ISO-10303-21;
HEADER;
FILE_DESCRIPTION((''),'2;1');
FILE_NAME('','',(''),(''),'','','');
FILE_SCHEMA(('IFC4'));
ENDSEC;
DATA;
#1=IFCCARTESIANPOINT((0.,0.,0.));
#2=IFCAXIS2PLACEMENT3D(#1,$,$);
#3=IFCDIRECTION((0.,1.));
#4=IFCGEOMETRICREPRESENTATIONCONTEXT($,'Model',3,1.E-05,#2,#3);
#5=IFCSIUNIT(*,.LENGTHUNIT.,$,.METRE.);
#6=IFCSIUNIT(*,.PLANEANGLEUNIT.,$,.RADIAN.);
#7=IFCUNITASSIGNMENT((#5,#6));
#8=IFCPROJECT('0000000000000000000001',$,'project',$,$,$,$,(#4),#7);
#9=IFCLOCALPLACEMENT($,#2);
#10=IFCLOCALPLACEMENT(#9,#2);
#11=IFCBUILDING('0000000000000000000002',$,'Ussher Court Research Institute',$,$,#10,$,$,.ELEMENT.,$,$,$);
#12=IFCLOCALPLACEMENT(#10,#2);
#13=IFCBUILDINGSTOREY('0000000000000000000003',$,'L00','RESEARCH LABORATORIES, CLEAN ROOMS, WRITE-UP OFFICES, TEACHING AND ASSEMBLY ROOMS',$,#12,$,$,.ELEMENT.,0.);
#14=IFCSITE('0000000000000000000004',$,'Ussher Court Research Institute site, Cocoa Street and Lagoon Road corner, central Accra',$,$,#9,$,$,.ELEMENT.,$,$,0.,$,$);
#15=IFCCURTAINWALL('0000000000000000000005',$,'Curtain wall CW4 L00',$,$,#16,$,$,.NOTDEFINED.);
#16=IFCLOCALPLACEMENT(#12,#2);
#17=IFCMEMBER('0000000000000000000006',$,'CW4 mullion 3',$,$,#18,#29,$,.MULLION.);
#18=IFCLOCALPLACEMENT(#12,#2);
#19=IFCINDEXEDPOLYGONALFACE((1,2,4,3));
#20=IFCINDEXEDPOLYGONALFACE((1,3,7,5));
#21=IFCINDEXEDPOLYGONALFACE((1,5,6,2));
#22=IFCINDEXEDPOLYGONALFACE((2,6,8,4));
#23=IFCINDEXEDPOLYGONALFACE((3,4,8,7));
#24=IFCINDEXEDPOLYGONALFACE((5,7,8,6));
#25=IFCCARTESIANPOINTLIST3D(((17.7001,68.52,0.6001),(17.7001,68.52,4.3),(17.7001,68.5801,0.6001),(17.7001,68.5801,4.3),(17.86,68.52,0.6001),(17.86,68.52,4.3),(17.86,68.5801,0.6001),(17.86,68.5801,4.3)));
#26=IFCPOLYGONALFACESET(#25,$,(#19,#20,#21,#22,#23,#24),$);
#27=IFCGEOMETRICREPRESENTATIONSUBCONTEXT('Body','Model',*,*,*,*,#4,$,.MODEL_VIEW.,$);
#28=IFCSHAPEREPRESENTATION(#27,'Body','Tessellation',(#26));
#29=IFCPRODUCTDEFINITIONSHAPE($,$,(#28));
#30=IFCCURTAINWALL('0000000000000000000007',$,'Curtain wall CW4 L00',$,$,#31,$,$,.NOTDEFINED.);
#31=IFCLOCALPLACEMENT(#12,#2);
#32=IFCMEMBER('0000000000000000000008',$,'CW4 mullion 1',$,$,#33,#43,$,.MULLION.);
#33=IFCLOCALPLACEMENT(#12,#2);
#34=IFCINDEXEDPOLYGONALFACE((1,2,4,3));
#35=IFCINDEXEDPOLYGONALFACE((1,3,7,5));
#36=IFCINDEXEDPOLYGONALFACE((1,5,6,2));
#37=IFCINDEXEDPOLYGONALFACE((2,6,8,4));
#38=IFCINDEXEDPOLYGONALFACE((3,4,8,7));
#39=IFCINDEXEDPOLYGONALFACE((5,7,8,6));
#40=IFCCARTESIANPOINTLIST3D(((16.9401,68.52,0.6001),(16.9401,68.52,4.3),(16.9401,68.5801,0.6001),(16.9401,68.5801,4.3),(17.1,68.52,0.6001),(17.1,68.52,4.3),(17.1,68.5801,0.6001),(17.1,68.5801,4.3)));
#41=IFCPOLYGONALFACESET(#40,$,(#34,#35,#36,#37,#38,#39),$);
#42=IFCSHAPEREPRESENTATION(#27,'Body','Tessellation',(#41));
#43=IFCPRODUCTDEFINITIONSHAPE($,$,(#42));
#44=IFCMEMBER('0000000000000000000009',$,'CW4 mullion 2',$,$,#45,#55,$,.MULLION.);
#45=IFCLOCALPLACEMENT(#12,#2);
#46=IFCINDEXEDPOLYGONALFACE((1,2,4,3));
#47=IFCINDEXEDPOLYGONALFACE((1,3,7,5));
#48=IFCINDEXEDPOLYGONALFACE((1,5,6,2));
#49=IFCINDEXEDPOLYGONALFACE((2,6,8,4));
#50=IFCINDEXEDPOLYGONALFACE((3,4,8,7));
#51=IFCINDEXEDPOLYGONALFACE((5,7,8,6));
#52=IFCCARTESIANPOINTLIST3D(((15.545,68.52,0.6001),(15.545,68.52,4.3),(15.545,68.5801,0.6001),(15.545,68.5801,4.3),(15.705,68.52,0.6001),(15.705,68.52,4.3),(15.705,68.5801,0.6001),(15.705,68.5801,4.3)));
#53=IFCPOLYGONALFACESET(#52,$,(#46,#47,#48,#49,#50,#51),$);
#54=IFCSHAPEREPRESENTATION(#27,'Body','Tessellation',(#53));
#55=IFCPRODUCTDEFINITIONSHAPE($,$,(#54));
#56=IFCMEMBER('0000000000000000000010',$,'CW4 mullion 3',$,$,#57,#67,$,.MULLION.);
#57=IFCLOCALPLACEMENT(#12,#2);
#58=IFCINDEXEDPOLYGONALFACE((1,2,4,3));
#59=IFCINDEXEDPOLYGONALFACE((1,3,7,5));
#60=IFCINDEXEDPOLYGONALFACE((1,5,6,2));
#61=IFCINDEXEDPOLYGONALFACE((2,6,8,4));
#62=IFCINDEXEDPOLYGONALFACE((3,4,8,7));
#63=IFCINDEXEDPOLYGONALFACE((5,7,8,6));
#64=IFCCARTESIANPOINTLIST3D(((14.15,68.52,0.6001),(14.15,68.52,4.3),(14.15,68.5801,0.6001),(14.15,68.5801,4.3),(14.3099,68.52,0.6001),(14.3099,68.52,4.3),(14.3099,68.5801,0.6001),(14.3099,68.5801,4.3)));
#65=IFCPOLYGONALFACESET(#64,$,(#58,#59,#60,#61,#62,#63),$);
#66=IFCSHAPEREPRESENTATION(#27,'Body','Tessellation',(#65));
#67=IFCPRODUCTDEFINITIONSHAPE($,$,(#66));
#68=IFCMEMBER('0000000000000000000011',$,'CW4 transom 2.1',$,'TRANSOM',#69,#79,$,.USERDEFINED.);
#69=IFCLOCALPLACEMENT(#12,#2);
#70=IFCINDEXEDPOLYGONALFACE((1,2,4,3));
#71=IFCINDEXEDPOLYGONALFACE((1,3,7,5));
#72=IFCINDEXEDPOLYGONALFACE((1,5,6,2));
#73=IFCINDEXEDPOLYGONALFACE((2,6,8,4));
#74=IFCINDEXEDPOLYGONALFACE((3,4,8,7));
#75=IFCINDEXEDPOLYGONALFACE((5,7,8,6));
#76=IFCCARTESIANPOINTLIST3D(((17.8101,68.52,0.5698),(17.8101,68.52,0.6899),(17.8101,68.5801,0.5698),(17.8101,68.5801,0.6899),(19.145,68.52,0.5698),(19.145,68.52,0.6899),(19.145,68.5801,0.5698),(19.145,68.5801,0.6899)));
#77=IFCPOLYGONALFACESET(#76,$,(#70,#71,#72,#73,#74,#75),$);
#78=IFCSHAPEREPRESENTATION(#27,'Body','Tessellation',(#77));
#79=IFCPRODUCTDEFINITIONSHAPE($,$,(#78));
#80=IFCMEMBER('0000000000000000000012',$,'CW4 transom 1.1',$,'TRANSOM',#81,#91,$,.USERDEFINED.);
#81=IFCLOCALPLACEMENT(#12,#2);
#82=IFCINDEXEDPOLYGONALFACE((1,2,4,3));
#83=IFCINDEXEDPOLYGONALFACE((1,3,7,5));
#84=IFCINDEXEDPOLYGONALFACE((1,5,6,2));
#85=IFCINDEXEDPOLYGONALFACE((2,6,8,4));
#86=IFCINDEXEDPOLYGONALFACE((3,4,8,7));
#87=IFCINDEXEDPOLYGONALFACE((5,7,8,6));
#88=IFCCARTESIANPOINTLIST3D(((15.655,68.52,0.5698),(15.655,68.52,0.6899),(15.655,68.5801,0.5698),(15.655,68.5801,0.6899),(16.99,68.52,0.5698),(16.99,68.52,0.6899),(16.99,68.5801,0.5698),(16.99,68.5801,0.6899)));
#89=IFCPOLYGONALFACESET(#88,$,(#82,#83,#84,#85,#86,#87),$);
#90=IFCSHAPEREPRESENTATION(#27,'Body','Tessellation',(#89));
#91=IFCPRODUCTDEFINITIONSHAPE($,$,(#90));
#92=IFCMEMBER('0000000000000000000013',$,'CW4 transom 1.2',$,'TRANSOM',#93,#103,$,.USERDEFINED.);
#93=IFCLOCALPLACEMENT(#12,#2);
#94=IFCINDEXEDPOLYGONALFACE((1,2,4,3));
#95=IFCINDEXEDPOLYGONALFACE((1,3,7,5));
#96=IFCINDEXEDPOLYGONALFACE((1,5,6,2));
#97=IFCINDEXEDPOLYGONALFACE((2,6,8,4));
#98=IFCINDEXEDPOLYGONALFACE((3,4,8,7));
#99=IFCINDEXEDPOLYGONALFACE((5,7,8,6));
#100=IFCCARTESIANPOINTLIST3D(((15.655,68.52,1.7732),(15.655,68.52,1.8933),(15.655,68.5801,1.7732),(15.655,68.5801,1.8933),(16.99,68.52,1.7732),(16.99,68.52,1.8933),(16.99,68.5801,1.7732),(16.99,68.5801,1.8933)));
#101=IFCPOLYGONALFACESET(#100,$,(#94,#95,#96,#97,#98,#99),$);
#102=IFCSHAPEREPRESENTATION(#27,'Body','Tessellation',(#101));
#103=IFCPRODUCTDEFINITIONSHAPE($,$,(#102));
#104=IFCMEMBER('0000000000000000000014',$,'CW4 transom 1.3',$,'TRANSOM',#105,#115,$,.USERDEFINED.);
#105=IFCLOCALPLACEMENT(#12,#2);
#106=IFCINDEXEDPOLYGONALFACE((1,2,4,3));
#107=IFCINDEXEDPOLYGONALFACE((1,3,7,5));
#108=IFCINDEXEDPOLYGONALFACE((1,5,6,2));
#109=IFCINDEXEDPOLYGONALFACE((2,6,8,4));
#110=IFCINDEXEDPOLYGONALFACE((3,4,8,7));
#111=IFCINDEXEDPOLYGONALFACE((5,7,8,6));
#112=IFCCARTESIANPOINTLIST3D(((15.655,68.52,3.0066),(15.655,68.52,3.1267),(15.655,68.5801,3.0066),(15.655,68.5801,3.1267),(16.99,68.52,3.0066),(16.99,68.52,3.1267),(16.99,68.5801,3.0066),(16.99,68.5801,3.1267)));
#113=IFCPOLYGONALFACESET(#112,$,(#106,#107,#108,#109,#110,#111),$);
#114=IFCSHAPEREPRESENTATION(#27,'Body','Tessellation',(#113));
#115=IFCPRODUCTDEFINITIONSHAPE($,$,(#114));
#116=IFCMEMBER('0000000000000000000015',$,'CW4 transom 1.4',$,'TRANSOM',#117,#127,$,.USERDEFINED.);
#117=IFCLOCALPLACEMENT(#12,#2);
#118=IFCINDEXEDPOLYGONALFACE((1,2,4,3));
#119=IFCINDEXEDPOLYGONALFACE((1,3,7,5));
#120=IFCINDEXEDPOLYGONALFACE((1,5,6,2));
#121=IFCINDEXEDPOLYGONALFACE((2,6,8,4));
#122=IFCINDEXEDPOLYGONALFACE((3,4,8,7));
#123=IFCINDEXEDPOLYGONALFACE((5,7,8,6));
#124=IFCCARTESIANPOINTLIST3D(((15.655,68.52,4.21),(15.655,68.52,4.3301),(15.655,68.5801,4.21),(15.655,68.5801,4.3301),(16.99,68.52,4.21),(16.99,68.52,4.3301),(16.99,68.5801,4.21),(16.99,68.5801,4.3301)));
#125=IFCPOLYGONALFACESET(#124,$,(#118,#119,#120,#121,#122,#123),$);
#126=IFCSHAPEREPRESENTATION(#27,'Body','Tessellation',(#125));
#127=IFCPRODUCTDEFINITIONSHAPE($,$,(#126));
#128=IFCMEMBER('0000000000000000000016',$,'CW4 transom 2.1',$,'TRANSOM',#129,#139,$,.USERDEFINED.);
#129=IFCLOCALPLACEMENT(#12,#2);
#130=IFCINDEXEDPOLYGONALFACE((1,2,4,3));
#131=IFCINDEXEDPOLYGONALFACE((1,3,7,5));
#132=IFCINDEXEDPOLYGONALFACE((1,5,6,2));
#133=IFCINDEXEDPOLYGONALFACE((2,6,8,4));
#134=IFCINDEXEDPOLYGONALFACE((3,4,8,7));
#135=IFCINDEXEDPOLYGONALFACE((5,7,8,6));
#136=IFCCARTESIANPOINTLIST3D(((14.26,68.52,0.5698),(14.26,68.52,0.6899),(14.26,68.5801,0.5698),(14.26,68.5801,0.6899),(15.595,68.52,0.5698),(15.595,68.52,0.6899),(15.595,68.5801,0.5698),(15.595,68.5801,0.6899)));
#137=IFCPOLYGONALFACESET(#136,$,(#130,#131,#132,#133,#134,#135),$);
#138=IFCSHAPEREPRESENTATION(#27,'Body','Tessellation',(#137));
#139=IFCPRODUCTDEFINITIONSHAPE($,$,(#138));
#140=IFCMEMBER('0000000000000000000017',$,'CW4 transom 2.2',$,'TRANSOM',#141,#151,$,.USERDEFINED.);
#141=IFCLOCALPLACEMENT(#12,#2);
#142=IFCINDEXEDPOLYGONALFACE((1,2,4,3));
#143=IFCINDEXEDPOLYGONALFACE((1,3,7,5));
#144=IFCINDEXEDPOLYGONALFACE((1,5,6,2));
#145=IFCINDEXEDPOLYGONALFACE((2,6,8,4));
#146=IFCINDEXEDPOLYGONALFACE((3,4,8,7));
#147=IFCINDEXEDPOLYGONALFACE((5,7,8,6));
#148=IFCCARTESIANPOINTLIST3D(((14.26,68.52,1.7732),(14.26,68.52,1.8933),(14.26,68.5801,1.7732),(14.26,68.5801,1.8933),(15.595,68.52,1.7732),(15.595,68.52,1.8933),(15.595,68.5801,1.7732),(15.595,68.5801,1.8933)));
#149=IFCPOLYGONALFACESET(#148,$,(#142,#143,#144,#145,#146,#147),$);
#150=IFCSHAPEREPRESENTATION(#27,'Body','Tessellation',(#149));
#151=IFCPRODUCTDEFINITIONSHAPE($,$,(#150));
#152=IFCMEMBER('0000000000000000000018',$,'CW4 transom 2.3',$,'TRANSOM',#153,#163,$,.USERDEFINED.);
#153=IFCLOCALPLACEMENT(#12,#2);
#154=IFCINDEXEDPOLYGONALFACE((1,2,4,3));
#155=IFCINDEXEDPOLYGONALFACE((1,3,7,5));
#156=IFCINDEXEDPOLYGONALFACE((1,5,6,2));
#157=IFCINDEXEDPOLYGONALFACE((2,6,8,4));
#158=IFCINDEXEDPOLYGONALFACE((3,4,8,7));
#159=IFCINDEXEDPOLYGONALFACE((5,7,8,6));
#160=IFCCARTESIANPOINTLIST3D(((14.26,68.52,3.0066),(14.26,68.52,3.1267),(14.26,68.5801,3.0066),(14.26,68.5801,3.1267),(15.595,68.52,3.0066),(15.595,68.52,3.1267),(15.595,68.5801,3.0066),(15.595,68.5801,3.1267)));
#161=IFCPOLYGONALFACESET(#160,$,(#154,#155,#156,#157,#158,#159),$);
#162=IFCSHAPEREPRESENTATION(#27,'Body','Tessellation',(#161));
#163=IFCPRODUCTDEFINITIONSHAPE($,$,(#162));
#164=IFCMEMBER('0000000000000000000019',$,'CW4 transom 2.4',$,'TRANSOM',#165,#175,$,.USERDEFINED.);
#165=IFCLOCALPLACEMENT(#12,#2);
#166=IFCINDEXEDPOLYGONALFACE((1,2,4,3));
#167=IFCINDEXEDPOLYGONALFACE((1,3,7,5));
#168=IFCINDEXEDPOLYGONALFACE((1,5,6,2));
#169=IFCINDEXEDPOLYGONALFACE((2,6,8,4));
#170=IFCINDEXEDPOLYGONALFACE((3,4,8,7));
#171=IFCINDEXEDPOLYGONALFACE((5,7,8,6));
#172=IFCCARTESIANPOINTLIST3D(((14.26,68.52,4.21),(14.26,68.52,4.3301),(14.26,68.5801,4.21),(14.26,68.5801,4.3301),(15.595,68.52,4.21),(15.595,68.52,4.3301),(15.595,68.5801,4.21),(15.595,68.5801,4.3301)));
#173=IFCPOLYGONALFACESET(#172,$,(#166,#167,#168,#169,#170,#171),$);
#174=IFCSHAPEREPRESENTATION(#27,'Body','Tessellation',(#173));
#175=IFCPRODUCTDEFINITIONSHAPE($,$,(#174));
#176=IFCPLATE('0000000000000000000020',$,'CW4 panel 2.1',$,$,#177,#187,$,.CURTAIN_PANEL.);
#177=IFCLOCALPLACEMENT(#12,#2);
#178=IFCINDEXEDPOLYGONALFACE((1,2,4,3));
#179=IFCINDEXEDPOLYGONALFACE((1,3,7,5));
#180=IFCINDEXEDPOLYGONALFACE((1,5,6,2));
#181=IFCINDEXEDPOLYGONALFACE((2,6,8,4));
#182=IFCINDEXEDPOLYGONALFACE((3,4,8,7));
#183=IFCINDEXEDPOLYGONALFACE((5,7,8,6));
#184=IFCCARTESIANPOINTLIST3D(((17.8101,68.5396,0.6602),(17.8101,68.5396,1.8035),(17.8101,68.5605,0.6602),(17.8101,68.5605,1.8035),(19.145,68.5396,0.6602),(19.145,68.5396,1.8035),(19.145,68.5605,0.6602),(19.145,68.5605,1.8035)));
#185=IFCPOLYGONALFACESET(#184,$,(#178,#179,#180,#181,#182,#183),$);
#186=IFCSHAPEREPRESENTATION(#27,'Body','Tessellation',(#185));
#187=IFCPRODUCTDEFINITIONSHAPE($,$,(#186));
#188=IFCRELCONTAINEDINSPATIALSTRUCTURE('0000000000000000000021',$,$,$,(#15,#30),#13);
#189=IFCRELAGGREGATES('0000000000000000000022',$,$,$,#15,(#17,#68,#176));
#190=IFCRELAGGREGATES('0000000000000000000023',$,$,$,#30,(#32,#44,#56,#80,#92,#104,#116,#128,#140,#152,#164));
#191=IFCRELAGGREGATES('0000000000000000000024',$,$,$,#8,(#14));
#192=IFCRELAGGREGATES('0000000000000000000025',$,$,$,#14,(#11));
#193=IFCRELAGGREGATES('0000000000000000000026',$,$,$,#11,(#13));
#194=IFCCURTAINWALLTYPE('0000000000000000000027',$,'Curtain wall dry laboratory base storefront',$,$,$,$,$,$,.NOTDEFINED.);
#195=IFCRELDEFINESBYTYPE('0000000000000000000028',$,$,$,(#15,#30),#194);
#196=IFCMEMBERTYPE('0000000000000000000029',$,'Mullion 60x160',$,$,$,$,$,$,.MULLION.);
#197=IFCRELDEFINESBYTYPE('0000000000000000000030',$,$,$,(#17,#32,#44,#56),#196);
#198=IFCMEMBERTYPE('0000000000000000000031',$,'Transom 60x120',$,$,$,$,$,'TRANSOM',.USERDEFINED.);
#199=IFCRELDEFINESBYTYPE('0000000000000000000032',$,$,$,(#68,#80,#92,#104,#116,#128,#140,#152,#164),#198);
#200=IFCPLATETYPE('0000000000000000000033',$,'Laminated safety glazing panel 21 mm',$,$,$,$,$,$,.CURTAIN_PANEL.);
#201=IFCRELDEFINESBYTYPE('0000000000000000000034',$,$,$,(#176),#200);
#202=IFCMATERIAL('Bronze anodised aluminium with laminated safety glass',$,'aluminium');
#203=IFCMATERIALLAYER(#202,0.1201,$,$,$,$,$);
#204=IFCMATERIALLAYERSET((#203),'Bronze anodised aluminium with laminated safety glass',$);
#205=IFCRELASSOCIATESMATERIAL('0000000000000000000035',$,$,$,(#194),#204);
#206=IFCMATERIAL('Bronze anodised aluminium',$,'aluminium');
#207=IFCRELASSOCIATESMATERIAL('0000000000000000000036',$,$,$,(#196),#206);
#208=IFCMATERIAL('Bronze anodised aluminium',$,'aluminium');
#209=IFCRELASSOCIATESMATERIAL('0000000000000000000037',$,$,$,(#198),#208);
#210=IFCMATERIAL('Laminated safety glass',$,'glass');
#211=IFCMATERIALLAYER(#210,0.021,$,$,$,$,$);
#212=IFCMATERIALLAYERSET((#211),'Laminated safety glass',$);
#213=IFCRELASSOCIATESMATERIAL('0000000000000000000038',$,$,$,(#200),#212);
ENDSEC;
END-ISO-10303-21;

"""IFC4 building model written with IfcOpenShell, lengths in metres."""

from ifc_helpers import new_model, si_unit, direction, frame, origin, origin_2d, place, context, subcontext, project, spatial, rectangle, extrude, material, layer, layer_set, material_profile, profile_set, type_object, element, aggregate, save


model = new_model("IFC4")

# Units and contexts
model_context = context("Model", 3, precision=1e-05, world=origin(), true_north=direction((0.0, 1.0)))
body_context = subcontext(model_context, "Body", "Model", "MODEL_VIEW")
ifc_project = project(units=[si_unit("LENGTHUNIT", "METRE"), si_unit("PLANEANGLEUNIT", "RADIAN")], contexts=[model_context])

# Site, building, storey
site_placement = place(None, origin())
site = spatial("IfcSite", under=ifc_project, at=site_placement, Name="Ussher Court Research Institute site, Cocoa Street and Lagoon Road corner, central Accra", CompositionType="ELEMENT", RefElevation=0.0)
building_placement = place(site_placement, origin())
building = spatial("IfcBuilding", under=site, at=building_placement, Name="Ussher Court Research Institute", CompositionType="ELEMENT")
storey_placement = place(building_placement, origin())
storey = spatial("IfcBuildingStorey", under=building, at=storey_placement, Name="L00", Description="RESEARCH LABORATORIES, CLEAN ROOMS, WRITE-UP OFFICES, TEACHING AND ASSEMBLY ROOMS", CompositionType="ELEMENT", Elevation=0.0)

# Curtain wall, member
ifc_material_1 = material(Name="Bronze anodised aluminium with laminated safety glass", Category="aluminium")
ifc_layer_1 = layer(ifc_material_1, 0.1201)
ifc_layer_set_1 = layer_set([ifc_layer_1], Name="Bronze anodised aluminium with laminated safety glass")
curtain_wall_type = type_object("IfcCurtainWallType", Name="Curtain wall dry laboratory base storefront", PredefinedType="NOTDEFINED", material=ifc_layer_set_1)
curtain_wall_1_placement = place(storey_placement, origin())
curtain_wall_1 = element("IfcCurtainWall", 1, at=curtain_wall_1_placement, inside=storey, type_object=curtain_wall_type, Name="Curtain wall CW4 L00", PredefinedType="NOTDEFINED")
ifc_material_2 = material(Name="Bronze anodised aluminium", Category="aluminium")
ifc_material_profile_1 = material_profile(ifc_material_2, rectangle(XDim=0.0601, YDim=0.1599, at=origin_2d()), Name="Mullion 60x160")
ifc_profile_set_1 = profile_set([ifc_material_profile_1], Name="Bronze anodised aluminium")
member_type_1 = type_object("IfcMemberType", Name="Mullion 60x160", PredefinedType="MULLION", material=ifc_profile_set_1)
member_1_placement = place(storey_placement, frame((17.78, 68.55, 0.6001), z_axis=(0.0, 0.0, 1.0), x_axis=(0.0, -1.0, 0.0)))
member_1 = element("IfcMember", 2, at=member_1_placement, type_object=member_type_1, Name="CW4 mullion 3", PredefinedType="MULLION", context=body_context, shape_type="SweptSolid", body=[
    extrude(rectangle(XDim=0.0601, YDim=0.1599, at=origin_2d()), origin(), (0.0, 0.0, 1.0), 3.7),
])

# Curtain wall, members
curtain_wall_2_placement = place(storey_placement, origin())
curtain_wall_2 = element("IfcCurtainWall", 3, at=curtain_wall_2_placement, inside=storey, type_object=curtain_wall_type, Name="Curtain wall CW4 L00", PredefinedType="NOTDEFINED")
member_2_placement = place(storey_placement, frame((17.02, 68.55, 0.6001), z_axis=(0.0, 0.0, 1.0), x_axis=(0.0, -1.0, 0.0)))
member_2 = element("IfcMember", 4, at=member_2_placement, type_object=member_type_1, Name="CW4 mullion 1", PredefinedType="MULLION", context=body_context, shape_type="SweptSolid", body=[
    extrude(rectangle(XDim=0.0601, YDim=0.1599, at=origin_2d()), origin(), (0.0, 0.0, 1.0), 3.7),
])
member_3_placement = place(storey_placement, frame((15.625, 68.55, 0.6001), z_axis=(0.0, 0.0, 1.0), x_axis=(0.0, -1.0, 0.0)))
member_3 = element("IfcMember", 5, at=member_3_placement, type_object=member_type_1, Name="CW4 mullion 2", PredefinedType="MULLION", context=body_context, shape_type="SweptSolid", body=[
    extrude(rectangle(XDim=0.0601, YDim=0.1599, at=origin_2d()), origin(), (0.0, 0.0, 1.0), 3.7),
])
member_4_placement = place(storey_placement, frame((14.23, 68.55, 0.6001), z_axis=(0.0, 0.0, 1.0), x_axis=(0.0, -1.0, 0.0)))
member_4 = element("IfcMember", 6, at=member_4_placement, type_object=member_type_1, Name="CW4 mullion 3", PredefinedType="MULLION", context=body_context, shape_type="SweptSolid", body=[
    extrude(rectangle(XDim=0.0601, YDim=0.1599, at=origin_2d()), origin(), (0.0, 0.0, 1.0), 3.7),
])

# Members
ifc_material_3 = material(Name="Bronze anodised aluminium", Category="aluminium")
ifc_material_profile_2 = material_profile(ifc_material_3, rectangle(XDim=0.0601, YDim=0.1201, at=origin_2d()), Name="Transom 60x120")
ifc_profile_set_2 = profile_set([ifc_material_profile_2], Name="Bronze anodised aluminium")
member_type_2 = type_object("IfcMemberType", Name="Transom 60x120", ElementType="TRANSOM", PredefinedType="USERDEFINED", material=ifc_profile_set_2)
member_5_placement = place(storey_placement, frame((19.145, 68.55, 0.6299), z_axis=(-1.0, 0.0, 0.0), x_axis=(0.0, -1.0, 0.0)))
member_5 = element("IfcMember", 7, at=member_5_placement, type_object=member_type_2, Name="CW4 transom 2.1", ObjectType="TRANSOM", PredefinedType="USERDEFINED", context=body_context, shape_type="SweptSolid", body=[
    extrude(rectangle(XDim=0.0601, YDim=0.1201, at=origin_2d()), origin(), (0.0, 0.0, 1.0), 1.335),
])
member_6_placement = place(storey_placement, frame((16.99, 68.55, 0.6299), z_axis=(-1.0, 0.0, 0.0), x_axis=(0.0, -1.0, 0.0)))
member_6 = element("IfcMember", 8, at=member_6_placement, type_object=member_type_2, Name="CW4 transom 1.1", ObjectType="TRANSOM", PredefinedType="USERDEFINED", context=body_context, shape_type="SweptSolid", body=[
    extrude(rectangle(XDim=0.0601, YDim=0.1201, at=origin_2d()), origin(), (0.0, 0.0, 1.0), 1.335),
])
member_7_placement = place(storey_placement, frame((16.99, 68.55, 1.8333), z_axis=(-1.0, 0.0, 0.0), x_axis=(0.0, -1.0, 0.0)))
member_7 = element("IfcMember", 9, at=member_7_placement, type_object=member_type_2, Name="CW4 transom 1.2", ObjectType="TRANSOM", PredefinedType="USERDEFINED", context=body_context, shape_type="SweptSolid", body=[
    extrude(rectangle(XDim=0.0601, YDim=0.1201, at=origin_2d()), origin(), (0.0, 0.0, 1.0), 1.335),
])
member_8_placement = place(storey_placement, frame((16.99, 68.55, 3.0667), z_axis=(-1.0, 0.0, 0.0), x_axis=(0.0, -1.0, 0.0)))
member_8 = element("IfcMember", 10, at=member_8_placement, type_object=member_type_2, Name="CW4 transom 1.3", ObjectType="TRANSOM", PredefinedType="USERDEFINED", context=body_context, shape_type="SweptSolid", body=[
    extrude(rectangle(XDim=0.0601, YDim=0.1201, at=origin_2d()), origin(), (0.0, 0.0, 1.0), 1.335),
])
member_9_placement = place(storey_placement, frame((16.99, 68.55, 4.27), z_axis=(-1.0, 0.0, 0.0), x_axis=(0.0, -1.0, 0.0)))
member_9 = element("IfcMember", 11, at=member_9_placement, type_object=member_type_2, Name="CW4 transom 1.4", ObjectType="TRANSOM", PredefinedType="USERDEFINED", context=body_context, shape_type="SweptSolid", body=[
    extrude(rectangle(XDim=0.0601, YDim=0.1201, at=origin_2d()), origin(), (0.0, 0.0, 1.0), 1.335),
])
member_10_placement = place(storey_placement, frame((15.595, 68.55, 0.6299), z_axis=(-1.0, 0.0, 0.0), x_axis=(0.0, -1.0, 0.0)))
member_10 = element("IfcMember", 12, at=member_10_placement, type_object=member_type_2, Name="CW4 transom 2.1", ObjectType="TRANSOM", PredefinedType="USERDEFINED", context=body_context, shape_type="SweptSolid", body=[
    extrude(rectangle(XDim=0.0601, YDim=0.1201, at=origin_2d()), origin(), (0.0, 0.0, 1.0), 1.335),
])
member_11_placement = place(storey_placement, frame((15.595, 68.55, 1.8333), z_axis=(-1.0, 0.0, 0.0), x_axis=(0.0, -1.0, 0.0)))
member_11 = element("IfcMember", 13, at=member_11_placement, type_object=member_type_2, Name="CW4 transom 2.2", ObjectType="TRANSOM", PredefinedType="USERDEFINED", context=body_context, shape_type="SweptSolid", body=[
    extrude(rectangle(XDim=0.0601, YDim=0.1201, at=origin_2d()), origin(), (0.0, 0.0, 1.0), 1.335),
])
member_12_placement = place(storey_placement, frame((15.595, 68.55, 3.0667), z_axis=(-1.0, 0.0, 0.0), x_axis=(0.0, -1.0, 0.0)))
member_12 = element("IfcMember", 14, at=member_12_placement, type_object=member_type_2, Name="CW4 transom 2.3", ObjectType="TRANSOM", PredefinedType="USERDEFINED", context=body_context, shape_type="SweptSolid", body=[
    extrude(rectangle(XDim=0.0601, YDim=0.1201, at=origin_2d()), origin(), (0.0, 0.0, 1.0), 1.335),
])
member_13_placement = place(storey_placement, frame((15.595, 68.55, 4.27), z_axis=(-1.0, 0.0, 0.0), x_axis=(0.0, -1.0, 0.0)))
member_13 = element("IfcMember", 15, at=member_13_placement, type_object=member_type_2, Name="CW4 transom 2.4", ObjectType="TRANSOM", PredefinedType="USERDEFINED", context=body_context, shape_type="SweptSolid", body=[
    extrude(rectangle(XDim=0.0601, YDim=0.1201, at=origin_2d()), origin(), (0.0, 0.0, 1.0), 1.335),
])

# Plate
ifc_material_4 = material(Name="Laminated safety glass", Category="glass")
ifc_layer_2 = layer(ifc_material_4, 0.021)
ifc_layer_set_2 = layer_set([ifc_layer_2], Name="Laminated safety glass")
plate_type = type_object("IfcPlateType", Name="Laminated safety glazing panel 21 mm", PredefinedType="CURTAIN_PANEL", material=ifc_layer_set_2)
plate_1_placement = place(storey_placement, frame((18.4775, 68.55, 0.6602), z_axis=(0.0, 0.0, 1.0), x_axis=(-1.0, 0.0, 0.0)))
plate_1 = element("IfcPlate", 16, at=plate_1_placement, type_object=plate_type, Name="CW4 panel 2.1", PredefinedType="CURTAIN_PANEL", context=body_context, shape_type="SweptSolid", body=[
    extrude(rectangle(XDim=1.335, YDim=0.021, at=origin_2d()), origin(), (0.0, 0.0, 1.0), 1.1433),
])
aggregate(curtain_wall_1, [member_1, member_5, plate_1])
aggregate(curtain_wall_2, [member_2, member_3, member_4, member_6, member_7, member_8, member_9, member_10, member_11, member_12, member_13])

save(model, "model.ifc")
